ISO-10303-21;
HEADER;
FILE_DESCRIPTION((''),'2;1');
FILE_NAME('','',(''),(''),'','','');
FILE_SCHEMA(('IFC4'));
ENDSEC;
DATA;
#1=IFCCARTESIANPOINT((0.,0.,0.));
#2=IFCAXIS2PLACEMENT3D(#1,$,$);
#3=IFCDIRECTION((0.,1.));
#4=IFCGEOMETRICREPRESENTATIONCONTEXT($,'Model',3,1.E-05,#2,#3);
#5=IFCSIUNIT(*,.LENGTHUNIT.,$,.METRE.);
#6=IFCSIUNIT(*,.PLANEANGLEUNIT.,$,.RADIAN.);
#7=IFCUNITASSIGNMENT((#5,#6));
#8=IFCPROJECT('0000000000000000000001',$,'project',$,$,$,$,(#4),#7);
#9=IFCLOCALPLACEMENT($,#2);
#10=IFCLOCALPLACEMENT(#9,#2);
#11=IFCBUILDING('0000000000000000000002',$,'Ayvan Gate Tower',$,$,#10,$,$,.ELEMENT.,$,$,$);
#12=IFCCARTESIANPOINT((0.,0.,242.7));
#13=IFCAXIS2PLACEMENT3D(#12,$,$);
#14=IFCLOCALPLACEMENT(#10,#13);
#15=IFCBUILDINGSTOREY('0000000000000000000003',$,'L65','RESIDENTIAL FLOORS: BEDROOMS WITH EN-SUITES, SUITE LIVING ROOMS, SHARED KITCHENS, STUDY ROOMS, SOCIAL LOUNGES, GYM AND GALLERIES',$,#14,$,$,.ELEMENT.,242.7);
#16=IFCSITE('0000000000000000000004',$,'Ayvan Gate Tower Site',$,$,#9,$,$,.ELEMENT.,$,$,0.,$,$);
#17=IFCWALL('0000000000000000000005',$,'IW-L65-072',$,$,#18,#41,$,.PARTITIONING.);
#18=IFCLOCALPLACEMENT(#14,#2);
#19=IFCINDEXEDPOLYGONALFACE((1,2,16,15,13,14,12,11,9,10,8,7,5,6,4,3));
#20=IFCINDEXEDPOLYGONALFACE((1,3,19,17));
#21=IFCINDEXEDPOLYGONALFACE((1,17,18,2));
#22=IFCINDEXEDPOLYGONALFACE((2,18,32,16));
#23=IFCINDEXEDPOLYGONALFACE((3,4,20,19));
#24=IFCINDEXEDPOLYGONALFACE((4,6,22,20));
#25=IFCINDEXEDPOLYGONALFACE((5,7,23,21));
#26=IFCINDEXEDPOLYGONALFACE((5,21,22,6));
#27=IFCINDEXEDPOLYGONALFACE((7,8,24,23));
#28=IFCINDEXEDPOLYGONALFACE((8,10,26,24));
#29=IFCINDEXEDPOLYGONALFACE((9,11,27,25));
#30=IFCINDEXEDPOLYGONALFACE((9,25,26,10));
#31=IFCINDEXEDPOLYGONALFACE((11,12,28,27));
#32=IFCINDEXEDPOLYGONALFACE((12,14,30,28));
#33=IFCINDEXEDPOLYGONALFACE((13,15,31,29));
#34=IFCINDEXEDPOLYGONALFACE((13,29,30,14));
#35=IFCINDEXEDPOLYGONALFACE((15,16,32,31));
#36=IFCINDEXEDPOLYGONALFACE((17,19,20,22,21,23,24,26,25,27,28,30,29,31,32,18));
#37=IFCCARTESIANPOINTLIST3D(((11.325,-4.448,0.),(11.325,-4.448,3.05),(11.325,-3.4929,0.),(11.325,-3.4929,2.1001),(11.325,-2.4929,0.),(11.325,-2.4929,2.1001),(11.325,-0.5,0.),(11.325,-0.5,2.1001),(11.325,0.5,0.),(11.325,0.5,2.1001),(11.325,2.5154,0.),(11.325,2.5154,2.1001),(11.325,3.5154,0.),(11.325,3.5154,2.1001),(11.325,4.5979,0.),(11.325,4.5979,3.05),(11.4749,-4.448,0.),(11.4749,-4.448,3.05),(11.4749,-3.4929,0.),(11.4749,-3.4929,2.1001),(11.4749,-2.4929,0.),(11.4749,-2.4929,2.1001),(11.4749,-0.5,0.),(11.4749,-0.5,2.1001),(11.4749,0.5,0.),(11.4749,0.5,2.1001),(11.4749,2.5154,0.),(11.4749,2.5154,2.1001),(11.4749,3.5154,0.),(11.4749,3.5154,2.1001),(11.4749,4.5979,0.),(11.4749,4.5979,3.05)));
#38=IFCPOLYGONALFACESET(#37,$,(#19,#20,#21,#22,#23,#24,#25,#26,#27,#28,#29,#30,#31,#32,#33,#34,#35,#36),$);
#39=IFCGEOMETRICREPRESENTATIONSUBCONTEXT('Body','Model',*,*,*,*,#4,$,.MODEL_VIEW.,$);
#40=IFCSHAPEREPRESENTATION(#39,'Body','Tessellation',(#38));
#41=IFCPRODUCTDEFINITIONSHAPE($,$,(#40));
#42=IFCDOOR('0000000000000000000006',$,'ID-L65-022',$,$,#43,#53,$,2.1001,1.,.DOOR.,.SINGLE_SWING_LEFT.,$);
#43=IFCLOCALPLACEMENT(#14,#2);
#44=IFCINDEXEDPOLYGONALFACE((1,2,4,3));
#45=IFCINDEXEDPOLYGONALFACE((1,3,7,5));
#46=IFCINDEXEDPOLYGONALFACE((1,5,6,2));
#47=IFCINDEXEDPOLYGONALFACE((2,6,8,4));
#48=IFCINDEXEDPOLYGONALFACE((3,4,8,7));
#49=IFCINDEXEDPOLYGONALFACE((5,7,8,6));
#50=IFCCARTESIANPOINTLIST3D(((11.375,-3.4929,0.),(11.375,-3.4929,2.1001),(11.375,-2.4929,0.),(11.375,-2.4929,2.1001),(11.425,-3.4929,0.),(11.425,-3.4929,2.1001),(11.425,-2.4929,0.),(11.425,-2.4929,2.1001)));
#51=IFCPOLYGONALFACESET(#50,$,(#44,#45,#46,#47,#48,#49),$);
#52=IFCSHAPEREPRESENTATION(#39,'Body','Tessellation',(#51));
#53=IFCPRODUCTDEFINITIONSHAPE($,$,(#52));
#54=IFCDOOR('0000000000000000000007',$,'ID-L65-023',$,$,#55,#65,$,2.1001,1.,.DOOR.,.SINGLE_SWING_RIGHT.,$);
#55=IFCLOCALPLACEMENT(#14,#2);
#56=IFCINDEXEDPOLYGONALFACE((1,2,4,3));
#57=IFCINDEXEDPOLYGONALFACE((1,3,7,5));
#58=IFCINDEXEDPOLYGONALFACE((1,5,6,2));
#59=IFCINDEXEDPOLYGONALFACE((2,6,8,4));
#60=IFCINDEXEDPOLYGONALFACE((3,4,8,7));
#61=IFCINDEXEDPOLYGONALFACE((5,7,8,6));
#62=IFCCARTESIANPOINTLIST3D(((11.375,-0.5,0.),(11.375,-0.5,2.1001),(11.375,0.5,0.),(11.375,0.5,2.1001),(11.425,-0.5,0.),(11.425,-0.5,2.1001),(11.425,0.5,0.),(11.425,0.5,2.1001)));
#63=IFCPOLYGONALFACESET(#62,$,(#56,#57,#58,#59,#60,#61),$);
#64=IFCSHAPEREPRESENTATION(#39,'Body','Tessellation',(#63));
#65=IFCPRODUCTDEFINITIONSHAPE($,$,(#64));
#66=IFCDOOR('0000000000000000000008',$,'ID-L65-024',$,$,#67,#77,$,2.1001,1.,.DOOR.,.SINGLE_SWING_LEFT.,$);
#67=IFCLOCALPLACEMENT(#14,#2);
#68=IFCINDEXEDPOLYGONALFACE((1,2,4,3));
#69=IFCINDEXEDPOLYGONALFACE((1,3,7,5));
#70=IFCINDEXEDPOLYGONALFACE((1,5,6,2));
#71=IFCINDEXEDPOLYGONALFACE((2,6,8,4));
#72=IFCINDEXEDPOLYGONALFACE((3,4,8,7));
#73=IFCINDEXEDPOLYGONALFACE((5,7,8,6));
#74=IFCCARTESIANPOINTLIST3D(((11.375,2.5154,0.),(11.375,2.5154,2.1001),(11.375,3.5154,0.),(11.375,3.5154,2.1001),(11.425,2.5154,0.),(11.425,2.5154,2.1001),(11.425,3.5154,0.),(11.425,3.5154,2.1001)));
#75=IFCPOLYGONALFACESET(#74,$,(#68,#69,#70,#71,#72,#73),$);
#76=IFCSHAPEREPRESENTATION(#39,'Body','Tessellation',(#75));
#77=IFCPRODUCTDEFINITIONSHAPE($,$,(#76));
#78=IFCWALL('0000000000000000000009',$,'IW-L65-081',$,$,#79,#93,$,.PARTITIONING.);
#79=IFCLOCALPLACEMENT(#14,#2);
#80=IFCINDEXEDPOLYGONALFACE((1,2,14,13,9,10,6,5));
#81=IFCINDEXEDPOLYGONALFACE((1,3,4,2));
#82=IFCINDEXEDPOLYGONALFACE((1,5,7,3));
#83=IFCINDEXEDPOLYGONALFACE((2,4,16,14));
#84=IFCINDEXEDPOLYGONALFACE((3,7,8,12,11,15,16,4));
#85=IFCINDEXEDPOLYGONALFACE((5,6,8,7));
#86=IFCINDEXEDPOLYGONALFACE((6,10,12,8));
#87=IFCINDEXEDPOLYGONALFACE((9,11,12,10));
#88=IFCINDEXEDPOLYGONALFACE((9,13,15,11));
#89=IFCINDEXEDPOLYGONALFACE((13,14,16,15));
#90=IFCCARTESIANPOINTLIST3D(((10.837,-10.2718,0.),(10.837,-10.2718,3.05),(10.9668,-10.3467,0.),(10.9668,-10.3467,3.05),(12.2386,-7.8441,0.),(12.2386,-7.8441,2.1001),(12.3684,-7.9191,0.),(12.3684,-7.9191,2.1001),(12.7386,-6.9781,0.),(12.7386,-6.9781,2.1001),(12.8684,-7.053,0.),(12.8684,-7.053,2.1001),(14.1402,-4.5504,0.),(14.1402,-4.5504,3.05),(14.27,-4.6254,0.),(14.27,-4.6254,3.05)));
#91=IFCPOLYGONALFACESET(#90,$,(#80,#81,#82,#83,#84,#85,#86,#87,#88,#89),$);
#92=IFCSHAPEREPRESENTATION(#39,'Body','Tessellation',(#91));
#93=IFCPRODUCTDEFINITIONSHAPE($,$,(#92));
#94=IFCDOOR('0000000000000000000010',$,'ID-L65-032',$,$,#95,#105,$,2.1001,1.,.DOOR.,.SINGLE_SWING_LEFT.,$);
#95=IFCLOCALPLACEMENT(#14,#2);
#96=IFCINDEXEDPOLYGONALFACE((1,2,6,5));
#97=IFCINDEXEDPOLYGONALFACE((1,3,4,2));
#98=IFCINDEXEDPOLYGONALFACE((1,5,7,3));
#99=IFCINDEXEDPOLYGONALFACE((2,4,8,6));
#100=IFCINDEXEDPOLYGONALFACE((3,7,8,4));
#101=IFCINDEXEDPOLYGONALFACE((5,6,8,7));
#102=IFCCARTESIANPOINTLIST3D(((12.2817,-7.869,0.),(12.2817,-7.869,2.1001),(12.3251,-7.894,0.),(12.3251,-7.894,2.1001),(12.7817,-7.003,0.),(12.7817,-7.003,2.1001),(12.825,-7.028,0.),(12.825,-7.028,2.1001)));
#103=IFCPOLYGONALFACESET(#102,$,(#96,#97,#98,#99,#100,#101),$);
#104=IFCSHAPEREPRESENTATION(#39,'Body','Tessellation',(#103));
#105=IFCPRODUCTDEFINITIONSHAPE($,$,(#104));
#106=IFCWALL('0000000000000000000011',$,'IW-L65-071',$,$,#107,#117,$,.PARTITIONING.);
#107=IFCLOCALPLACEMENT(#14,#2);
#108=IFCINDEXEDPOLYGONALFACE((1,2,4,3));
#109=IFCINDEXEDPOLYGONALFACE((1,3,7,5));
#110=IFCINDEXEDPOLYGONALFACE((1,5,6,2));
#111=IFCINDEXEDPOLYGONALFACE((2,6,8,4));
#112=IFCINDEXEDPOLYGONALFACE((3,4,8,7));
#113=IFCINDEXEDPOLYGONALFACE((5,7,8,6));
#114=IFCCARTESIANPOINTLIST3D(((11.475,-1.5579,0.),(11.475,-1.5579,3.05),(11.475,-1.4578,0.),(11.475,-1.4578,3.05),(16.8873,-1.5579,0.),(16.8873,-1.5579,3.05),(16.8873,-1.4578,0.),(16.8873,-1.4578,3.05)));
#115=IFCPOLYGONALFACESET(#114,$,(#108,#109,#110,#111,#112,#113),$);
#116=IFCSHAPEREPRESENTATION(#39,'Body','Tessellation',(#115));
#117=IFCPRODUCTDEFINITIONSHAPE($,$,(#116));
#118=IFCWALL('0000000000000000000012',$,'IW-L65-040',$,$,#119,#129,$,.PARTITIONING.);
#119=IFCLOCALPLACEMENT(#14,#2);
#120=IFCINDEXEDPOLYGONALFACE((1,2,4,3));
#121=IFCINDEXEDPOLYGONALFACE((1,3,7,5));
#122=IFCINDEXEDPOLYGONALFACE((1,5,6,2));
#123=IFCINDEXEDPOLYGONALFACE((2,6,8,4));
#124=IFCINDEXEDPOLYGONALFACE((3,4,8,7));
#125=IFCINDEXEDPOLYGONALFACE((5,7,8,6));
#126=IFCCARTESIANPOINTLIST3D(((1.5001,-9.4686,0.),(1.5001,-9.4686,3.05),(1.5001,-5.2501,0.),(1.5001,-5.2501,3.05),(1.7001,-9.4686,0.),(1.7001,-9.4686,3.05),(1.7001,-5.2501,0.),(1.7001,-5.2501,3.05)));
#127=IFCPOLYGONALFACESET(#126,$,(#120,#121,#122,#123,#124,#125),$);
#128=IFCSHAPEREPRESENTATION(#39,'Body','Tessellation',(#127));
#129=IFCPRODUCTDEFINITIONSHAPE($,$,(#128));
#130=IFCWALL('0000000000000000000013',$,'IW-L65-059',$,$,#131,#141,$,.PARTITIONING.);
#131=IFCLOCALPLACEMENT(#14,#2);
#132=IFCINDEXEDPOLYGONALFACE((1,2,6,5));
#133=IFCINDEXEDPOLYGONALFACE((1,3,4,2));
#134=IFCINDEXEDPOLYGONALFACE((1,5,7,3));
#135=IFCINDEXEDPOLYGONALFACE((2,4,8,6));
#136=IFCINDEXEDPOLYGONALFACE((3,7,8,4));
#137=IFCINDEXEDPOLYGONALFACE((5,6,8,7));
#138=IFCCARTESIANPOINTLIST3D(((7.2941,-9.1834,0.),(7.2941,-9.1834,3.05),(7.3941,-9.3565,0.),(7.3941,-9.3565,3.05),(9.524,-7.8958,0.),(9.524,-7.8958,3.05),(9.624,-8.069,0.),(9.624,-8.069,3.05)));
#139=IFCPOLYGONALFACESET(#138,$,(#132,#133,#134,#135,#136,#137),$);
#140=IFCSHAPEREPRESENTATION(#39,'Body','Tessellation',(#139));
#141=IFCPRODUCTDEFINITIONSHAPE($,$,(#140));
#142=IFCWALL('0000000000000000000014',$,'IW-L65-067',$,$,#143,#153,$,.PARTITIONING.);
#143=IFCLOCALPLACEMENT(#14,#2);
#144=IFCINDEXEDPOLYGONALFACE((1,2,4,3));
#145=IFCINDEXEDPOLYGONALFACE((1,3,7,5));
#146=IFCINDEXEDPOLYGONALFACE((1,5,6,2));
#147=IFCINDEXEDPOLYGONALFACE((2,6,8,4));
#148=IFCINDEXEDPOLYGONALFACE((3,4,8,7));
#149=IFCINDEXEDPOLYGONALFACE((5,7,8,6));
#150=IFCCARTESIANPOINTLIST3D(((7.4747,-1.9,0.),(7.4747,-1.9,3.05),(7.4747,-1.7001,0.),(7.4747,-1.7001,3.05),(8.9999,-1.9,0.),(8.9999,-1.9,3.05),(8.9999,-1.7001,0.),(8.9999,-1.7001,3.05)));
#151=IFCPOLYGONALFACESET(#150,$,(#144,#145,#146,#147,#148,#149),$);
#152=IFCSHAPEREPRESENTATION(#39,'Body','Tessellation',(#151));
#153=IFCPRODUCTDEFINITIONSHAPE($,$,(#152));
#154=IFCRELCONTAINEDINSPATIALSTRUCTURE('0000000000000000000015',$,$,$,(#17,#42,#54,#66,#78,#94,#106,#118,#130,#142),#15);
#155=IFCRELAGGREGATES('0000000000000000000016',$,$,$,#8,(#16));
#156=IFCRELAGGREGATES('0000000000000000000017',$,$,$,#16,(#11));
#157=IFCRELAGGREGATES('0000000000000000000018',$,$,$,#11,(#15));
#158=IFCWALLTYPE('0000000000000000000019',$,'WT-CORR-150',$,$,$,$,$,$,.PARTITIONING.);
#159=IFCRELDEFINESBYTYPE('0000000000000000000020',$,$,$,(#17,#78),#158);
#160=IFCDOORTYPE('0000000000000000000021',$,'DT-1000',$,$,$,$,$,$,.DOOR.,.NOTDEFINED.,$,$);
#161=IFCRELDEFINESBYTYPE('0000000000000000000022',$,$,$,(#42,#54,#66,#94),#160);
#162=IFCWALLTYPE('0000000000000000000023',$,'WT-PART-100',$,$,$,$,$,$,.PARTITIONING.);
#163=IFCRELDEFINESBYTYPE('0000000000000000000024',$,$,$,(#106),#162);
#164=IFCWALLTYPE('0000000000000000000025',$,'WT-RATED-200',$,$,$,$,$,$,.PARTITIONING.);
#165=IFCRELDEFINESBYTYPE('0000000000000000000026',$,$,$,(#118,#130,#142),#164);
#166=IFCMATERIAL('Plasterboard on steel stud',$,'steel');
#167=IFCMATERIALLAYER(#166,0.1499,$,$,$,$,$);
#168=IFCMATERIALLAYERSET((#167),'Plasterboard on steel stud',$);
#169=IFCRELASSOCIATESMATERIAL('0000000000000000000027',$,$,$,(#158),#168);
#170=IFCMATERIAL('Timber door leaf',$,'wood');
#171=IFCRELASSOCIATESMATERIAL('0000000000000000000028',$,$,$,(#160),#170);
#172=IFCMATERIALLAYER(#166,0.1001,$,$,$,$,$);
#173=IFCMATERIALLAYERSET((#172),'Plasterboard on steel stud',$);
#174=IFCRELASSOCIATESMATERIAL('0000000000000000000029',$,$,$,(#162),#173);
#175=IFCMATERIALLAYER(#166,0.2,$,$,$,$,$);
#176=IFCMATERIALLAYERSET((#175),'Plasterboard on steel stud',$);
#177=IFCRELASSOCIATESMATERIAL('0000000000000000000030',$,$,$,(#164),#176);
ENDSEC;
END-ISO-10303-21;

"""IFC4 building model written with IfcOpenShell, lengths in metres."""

from ifc_helpers import new_model, si_unit, direction, frame, frame_2d, origin, place, context, subcontext, project, spatial, rectangle, extrude, material, layer, layer_set, type_object, element, fill, save


model = new_model("IFC4")

# Units and contexts
model_context = context("Model", 3, precision=1e-05, world=origin(), true_north=direction((0.0, 1.0)))
body_context = subcontext(model_context, "Body", "Model", "MODEL_VIEW")
ifc_project = project(units=[si_unit("LENGTHUNIT", "METRE"), si_unit("PLANEANGLEUNIT", "RADIAN")], contexts=[model_context])

# Site, building, storey
site_placement = place(None, origin())
site = spatial("IfcSite", under=ifc_project, at=site_placement, Name="Ayvan Gate Tower Site", CompositionType="ELEMENT", RefElevation=0.0)
building_placement = place(site_placement, origin())
building = spatial("IfcBuilding", under=site, at=building_placement, Name="Ayvan Gate Tower", CompositionType="ELEMENT")
storey_placement = place(building_placement, frame((0.0, 0.0, 242.7)))
storey = spatial("IfcBuildingStorey", under=building, at=storey_placement, Name="L65", Description="RESIDENTIAL FLOORS: BEDROOMS WITH EN-SUITES, SUITE LIVING ROOMS, SHARED KITCHENS, STUDY ROOMS, SOCIAL LOUNGES, GYM AND GALLERIES", CompositionType="ELEMENT", Elevation=242.7)

# Shared definitions
ifc_material_1 = material(Name="Timber door leaf", Category="wood")

# Shared definitions
ifc_material_2 = material(Name="Plasterboard on steel stud", Category="steel")
ifc_layer_1 = layer(ifc_material_2, 0.1499)
ifc_layer_set_1 = layer_set([ifc_layer_1], Name="Plasterboard on steel stud")
wall_type_1 = type_object("IfcWallType", Name="WT-CORR-150", PredefinedType="PARTITIONING", material=ifc_layer_set_1)

# Wall, openings, doors
wall_1_placement = place(storey_placement, frame((11.3999, -4.448, 0.0), z_axis=(0.0, 0.0, 1.0), x_axis=(0.0, 1.0, 0.0)))
wall_1 = element("IfcWall", 1, at=wall_1_placement, inside=storey, type_object=wall_type_1, Name="IW-L65-072", PredefinedType="PARTITIONING", context=body_context, shape_type="SweptSolid", body=[
    extrude(rectangle(XDim=9.0459, YDim=0.1499, at=frame_2d((4.5229, 0.0))), origin(), (0.0, 0.0, 1.0), 3.05),
])
opening_1_placement = place(wall_1_placement, frame((0.9551, 0.0, 0.0)))
opening_1 = element("IfcOpeningElement", 2, at=opening_1_placement, cuts=wall_1, PredefinedType="OPENING", context=body_context, shape_type="SweptSolid", body=[
    extrude(rectangle(XDim=1.0, YDim=2.1001, at=frame_2d((0.5, 1.05))), frame((0.0, 0.085, 0.0), z_axis=(0.0, -1.0, 0.0), x_axis=(1.0, 0.0, 0.0)), (0.0, 0.0, 1.0), 0.1699),
])
opening_2_placement = place(wall_1_placement, frame((3.948, 0.0, 0.0)))
opening_2 = element("IfcOpeningElement", 3, at=opening_2_placement, cuts=wall_1, PredefinedType="OPENING", context=body_context, shape_type="SweptSolid", body=[
    extrude(rectangle(XDim=1.0, YDim=2.1001, at=frame_2d((0.5, 1.05))), frame((0.0, 0.085, 0.0), z_axis=(0.0, -1.0, 0.0), x_axis=(1.0, 0.0, 0.0)), (0.0, 0.0, 1.0), 0.1699),
])
opening_3_placement = place(wall_1_placement, frame((6.9634, 0.0, 0.0)))
opening_3 = element("IfcOpeningElement", 4, at=opening_3_placement, cuts=wall_1, PredefinedType="OPENING", context=body_context, shape_type="SweptSolid", body=[
    extrude(rectangle(XDim=1.0, YDim=2.1001, at=frame_2d((0.5, 1.05))), frame((0.0, 0.085, 0.0), z_axis=(0.0, -1.0, 0.0), x_axis=(1.0, 0.0, 0.0)), (0.0, 0.0, 1.0), 0.1699),
])
door_type_1 = type_object("IfcDoorType", Name="DT-1000", OperationType="NOTDEFINED", PredefinedType="DOOR", material=ifc_material_1)
door_1_placement = place(opening_1_placement, origin())
door_1 = element("IfcDoor", 5, at=door_1_placement, inside=storey, type_object=door_type_1, Name="ID-L65-022", OperationType="SINGLE_SWING_LEFT", OverallHeight=2.1001, OverallWidth=1.0, PredefinedType="DOOR", context=body_context, shape_type="SweptSolid", body=[
    extrude(rectangle(XDim=1.0, YDim=2.1001, at=frame_2d((0.5, 1.05))), frame((0.0, 0.0249, 0.0), z_axis=(0.0, -1.0, 0.0), x_axis=(1.0, 0.0, 0.0)), (0.0, 0.0, 1.0), 0.05),
])
fill(opening_1, door_1)
door_2_placement = place(opening_2_placement, origin())
door_2 = element("IfcDoor", 6, at=door_2_placement, inside=storey, type_object=door_type_1, Name="ID-L65-023", OperationType="SINGLE_SWING_RIGHT", OverallHeight=2.1001, OverallWidth=1.0, PredefinedType="DOOR", context=body_context, shape_type="SweptSolid", body=[
    extrude(rectangle(XDim=1.0, YDim=2.1001, at=frame_2d((0.5, 1.05))), frame((0.0, 0.0249, 0.0), z_axis=(0.0, -1.0, 0.0), x_axis=(1.0, 0.0, 0.0)), (0.0, 0.0, 1.0), 0.05),
])
fill(opening_2, door_2)
door_3_placement = place(opening_3_placement, origin())
door_3 = element("IfcDoor", 7, at=door_3_placement, inside=storey, type_object=door_type_1, Name="ID-L65-024", OperationType="SINGLE_SWING_LEFT", OverallHeight=2.1001, OverallWidth=1.0, PredefinedType="DOOR", context=body_context, shape_type="SweptSolid", body=[
    extrude(rectangle(XDim=1.0, YDim=2.1001, at=frame_2d((0.5, 1.05))), frame((0.0, 0.0249, 0.0), z_axis=(0.0, -1.0, 0.0), x_axis=(1.0, 0.0, 0.0)), (0.0, 0.0, 1.0), 0.05),
])
fill(opening_3, door_3)

# Wall, opening, door
wall_2_placement = place(storey_placement, frame((14.2051, -4.5879, 0.0), z_axis=(0.0, 0.0, 1.0), x_axis=(-0.499994, -0.866029, 0.0)))
wall_2 = element("IfcWall", 8, at=wall_2_placement, inside=storey, type_object=wall_type_1, Name="IW-L65-081", PredefinedType="PARTITIONING", context=body_context, shape_type="SweptSolid", body=[
    extrude(rectangle(XDim=6.6064, YDim=0.1499, at=frame_2d((3.3032, 0.0))), origin(), (0.0, 0.0, 1.0), 3.05),
])
opening_4_placement = place(wall_2_placement, frame((2.8032, 0.0, 0.0)))
opening_4 = element("IfcOpeningElement", 9, at=opening_4_placement, cuts=wall_2, PredefinedType="OPENING", context=body_context, shape_type="SweptSolid", body=[
    extrude(rectangle(XDim=1.0, YDim=2.1001, at=frame_2d((0.5, 1.05))), frame((0.0, 0.085, 0.0), z_axis=(0.0, -1.0, 0.0), x_axis=(1.0, 0.0, 0.0)), (0.0, 0.0, 1.0), 0.1699),
])
door_4_placement = place(opening_4_placement, origin())
door_4 = element("IfcDoor", 10, at=door_4_placement, inside=storey, type_object=door_type_1, Name="ID-L65-032", OperationType="SINGLE_SWING_LEFT", OverallHeight=2.1001, OverallWidth=1.0, PredefinedType="DOOR", context=body_context, shape_type="SweptSolid", body=[
    extrude(rectangle(XDim=1.0, YDim=2.1001, at=frame_2d((0.5, 1.05))), frame((0.0, 0.0249, 0.0), z_axis=(0.0, -1.0, 0.0), x_axis=(1.0, 0.0, 0.0)), (0.0, 0.0, 1.0), 0.05),
])
fill(opening_4, door_4)

# Walls
ifc_layer_2 = layer(ifc_material_2, 0.1001)
ifc_layer_set_2 = layer_set([ifc_layer_2], Name="Plasterboard on steel stud")
wall_type_2 = type_object("IfcWallType", Name="WT-PART-100", PredefinedType="PARTITIONING", material=ifc_layer_set_2)
wall_3_placement = place(storey_placement, frame((11.4751, -1.5078, 0.0), z_axis=(0.0, 0.0, 1.0), x_axis=(1.0, 0.0, 0.0)))
element("IfcWall", 11, at=wall_3_placement, inside=storey, type_object=wall_type_2, Name="IW-L65-071", PredefinedType="PARTITIONING", context=body_context, shape_type="SweptSolid", body=[
    extrude(rectangle(XDim=5.4124, YDim=0.1001, at=frame_2d((2.7061, 0.0))), origin(), (0.0, 0.0, 1.0), 3.05),
])
ifc_layer_3 = layer(ifc_material_2, 0.2)
ifc_layer_set_3 = layer_set([ifc_layer_3], Name="Plasterboard on steel stud")
wall_type_3 = type_object("IfcWallType", Name="WT-RATED-200", PredefinedType="PARTITIONING", material=ifc_layer_set_3)
wall_4_placement = place(storey_placement, frame((1.6001, -5.25, 0.0), z_axis=(0.0, 0.0, 1.0), x_axis=(0.0, -1.0, 0.0)))
element("IfcWall", 12, at=wall_4_placement, inside=storey, type_object=wall_type_3, Name="IW-L65-040", PredefinedType="PARTITIONING", context=body_context, shape_type="SweptSolid", body=[
    extrude(rectangle(XDim=4.2185, YDim=0.2, at=frame_2d((2.1094, 0.0))), origin(), (0.0, 0.0, 1.0), 3.05),
])
wall_5_placement = place(storey_placement, frame((7.344, -9.27, 0.0), z_axis=(0.0, 0.0, 1.0), x_axis=(0.866006, 0.500034, 0.0)))
element("IfcWall", 13, at=wall_5_placement, inside=storey, type_object=wall_type_3, Name="IW-L65-059", PredefinedType="PARTITIONING", context=body_context, shape_type="SweptSolid", body=[
    extrude(rectangle(XDim=2.575, YDim=0.2, at=frame_2d((1.2876, 0.0))), origin(), (0.0, 0.0, 1.0), 3.05),
])
wall_6_placement = place(storey_placement, frame((9.0, -1.8, 0.0), z_axis=(0.0, 0.0, 1.0), x_axis=(-1.0, 0.0, 0.0)))
element("IfcWall", 14, at=wall_6_placement, inside=storey, type_object=wall_type_3, Name="IW-L65-067", PredefinedType="PARTITIONING", context=body_context, shape_type="SweptSolid", body=[
    extrude(rectangle(XDim=1.5251, YDim=0.2, at=frame_2d((0.7627, 0.0))), origin(), (0.0, 0.0, 1.0), 3.05),
])

save(model, "model.ifc")
